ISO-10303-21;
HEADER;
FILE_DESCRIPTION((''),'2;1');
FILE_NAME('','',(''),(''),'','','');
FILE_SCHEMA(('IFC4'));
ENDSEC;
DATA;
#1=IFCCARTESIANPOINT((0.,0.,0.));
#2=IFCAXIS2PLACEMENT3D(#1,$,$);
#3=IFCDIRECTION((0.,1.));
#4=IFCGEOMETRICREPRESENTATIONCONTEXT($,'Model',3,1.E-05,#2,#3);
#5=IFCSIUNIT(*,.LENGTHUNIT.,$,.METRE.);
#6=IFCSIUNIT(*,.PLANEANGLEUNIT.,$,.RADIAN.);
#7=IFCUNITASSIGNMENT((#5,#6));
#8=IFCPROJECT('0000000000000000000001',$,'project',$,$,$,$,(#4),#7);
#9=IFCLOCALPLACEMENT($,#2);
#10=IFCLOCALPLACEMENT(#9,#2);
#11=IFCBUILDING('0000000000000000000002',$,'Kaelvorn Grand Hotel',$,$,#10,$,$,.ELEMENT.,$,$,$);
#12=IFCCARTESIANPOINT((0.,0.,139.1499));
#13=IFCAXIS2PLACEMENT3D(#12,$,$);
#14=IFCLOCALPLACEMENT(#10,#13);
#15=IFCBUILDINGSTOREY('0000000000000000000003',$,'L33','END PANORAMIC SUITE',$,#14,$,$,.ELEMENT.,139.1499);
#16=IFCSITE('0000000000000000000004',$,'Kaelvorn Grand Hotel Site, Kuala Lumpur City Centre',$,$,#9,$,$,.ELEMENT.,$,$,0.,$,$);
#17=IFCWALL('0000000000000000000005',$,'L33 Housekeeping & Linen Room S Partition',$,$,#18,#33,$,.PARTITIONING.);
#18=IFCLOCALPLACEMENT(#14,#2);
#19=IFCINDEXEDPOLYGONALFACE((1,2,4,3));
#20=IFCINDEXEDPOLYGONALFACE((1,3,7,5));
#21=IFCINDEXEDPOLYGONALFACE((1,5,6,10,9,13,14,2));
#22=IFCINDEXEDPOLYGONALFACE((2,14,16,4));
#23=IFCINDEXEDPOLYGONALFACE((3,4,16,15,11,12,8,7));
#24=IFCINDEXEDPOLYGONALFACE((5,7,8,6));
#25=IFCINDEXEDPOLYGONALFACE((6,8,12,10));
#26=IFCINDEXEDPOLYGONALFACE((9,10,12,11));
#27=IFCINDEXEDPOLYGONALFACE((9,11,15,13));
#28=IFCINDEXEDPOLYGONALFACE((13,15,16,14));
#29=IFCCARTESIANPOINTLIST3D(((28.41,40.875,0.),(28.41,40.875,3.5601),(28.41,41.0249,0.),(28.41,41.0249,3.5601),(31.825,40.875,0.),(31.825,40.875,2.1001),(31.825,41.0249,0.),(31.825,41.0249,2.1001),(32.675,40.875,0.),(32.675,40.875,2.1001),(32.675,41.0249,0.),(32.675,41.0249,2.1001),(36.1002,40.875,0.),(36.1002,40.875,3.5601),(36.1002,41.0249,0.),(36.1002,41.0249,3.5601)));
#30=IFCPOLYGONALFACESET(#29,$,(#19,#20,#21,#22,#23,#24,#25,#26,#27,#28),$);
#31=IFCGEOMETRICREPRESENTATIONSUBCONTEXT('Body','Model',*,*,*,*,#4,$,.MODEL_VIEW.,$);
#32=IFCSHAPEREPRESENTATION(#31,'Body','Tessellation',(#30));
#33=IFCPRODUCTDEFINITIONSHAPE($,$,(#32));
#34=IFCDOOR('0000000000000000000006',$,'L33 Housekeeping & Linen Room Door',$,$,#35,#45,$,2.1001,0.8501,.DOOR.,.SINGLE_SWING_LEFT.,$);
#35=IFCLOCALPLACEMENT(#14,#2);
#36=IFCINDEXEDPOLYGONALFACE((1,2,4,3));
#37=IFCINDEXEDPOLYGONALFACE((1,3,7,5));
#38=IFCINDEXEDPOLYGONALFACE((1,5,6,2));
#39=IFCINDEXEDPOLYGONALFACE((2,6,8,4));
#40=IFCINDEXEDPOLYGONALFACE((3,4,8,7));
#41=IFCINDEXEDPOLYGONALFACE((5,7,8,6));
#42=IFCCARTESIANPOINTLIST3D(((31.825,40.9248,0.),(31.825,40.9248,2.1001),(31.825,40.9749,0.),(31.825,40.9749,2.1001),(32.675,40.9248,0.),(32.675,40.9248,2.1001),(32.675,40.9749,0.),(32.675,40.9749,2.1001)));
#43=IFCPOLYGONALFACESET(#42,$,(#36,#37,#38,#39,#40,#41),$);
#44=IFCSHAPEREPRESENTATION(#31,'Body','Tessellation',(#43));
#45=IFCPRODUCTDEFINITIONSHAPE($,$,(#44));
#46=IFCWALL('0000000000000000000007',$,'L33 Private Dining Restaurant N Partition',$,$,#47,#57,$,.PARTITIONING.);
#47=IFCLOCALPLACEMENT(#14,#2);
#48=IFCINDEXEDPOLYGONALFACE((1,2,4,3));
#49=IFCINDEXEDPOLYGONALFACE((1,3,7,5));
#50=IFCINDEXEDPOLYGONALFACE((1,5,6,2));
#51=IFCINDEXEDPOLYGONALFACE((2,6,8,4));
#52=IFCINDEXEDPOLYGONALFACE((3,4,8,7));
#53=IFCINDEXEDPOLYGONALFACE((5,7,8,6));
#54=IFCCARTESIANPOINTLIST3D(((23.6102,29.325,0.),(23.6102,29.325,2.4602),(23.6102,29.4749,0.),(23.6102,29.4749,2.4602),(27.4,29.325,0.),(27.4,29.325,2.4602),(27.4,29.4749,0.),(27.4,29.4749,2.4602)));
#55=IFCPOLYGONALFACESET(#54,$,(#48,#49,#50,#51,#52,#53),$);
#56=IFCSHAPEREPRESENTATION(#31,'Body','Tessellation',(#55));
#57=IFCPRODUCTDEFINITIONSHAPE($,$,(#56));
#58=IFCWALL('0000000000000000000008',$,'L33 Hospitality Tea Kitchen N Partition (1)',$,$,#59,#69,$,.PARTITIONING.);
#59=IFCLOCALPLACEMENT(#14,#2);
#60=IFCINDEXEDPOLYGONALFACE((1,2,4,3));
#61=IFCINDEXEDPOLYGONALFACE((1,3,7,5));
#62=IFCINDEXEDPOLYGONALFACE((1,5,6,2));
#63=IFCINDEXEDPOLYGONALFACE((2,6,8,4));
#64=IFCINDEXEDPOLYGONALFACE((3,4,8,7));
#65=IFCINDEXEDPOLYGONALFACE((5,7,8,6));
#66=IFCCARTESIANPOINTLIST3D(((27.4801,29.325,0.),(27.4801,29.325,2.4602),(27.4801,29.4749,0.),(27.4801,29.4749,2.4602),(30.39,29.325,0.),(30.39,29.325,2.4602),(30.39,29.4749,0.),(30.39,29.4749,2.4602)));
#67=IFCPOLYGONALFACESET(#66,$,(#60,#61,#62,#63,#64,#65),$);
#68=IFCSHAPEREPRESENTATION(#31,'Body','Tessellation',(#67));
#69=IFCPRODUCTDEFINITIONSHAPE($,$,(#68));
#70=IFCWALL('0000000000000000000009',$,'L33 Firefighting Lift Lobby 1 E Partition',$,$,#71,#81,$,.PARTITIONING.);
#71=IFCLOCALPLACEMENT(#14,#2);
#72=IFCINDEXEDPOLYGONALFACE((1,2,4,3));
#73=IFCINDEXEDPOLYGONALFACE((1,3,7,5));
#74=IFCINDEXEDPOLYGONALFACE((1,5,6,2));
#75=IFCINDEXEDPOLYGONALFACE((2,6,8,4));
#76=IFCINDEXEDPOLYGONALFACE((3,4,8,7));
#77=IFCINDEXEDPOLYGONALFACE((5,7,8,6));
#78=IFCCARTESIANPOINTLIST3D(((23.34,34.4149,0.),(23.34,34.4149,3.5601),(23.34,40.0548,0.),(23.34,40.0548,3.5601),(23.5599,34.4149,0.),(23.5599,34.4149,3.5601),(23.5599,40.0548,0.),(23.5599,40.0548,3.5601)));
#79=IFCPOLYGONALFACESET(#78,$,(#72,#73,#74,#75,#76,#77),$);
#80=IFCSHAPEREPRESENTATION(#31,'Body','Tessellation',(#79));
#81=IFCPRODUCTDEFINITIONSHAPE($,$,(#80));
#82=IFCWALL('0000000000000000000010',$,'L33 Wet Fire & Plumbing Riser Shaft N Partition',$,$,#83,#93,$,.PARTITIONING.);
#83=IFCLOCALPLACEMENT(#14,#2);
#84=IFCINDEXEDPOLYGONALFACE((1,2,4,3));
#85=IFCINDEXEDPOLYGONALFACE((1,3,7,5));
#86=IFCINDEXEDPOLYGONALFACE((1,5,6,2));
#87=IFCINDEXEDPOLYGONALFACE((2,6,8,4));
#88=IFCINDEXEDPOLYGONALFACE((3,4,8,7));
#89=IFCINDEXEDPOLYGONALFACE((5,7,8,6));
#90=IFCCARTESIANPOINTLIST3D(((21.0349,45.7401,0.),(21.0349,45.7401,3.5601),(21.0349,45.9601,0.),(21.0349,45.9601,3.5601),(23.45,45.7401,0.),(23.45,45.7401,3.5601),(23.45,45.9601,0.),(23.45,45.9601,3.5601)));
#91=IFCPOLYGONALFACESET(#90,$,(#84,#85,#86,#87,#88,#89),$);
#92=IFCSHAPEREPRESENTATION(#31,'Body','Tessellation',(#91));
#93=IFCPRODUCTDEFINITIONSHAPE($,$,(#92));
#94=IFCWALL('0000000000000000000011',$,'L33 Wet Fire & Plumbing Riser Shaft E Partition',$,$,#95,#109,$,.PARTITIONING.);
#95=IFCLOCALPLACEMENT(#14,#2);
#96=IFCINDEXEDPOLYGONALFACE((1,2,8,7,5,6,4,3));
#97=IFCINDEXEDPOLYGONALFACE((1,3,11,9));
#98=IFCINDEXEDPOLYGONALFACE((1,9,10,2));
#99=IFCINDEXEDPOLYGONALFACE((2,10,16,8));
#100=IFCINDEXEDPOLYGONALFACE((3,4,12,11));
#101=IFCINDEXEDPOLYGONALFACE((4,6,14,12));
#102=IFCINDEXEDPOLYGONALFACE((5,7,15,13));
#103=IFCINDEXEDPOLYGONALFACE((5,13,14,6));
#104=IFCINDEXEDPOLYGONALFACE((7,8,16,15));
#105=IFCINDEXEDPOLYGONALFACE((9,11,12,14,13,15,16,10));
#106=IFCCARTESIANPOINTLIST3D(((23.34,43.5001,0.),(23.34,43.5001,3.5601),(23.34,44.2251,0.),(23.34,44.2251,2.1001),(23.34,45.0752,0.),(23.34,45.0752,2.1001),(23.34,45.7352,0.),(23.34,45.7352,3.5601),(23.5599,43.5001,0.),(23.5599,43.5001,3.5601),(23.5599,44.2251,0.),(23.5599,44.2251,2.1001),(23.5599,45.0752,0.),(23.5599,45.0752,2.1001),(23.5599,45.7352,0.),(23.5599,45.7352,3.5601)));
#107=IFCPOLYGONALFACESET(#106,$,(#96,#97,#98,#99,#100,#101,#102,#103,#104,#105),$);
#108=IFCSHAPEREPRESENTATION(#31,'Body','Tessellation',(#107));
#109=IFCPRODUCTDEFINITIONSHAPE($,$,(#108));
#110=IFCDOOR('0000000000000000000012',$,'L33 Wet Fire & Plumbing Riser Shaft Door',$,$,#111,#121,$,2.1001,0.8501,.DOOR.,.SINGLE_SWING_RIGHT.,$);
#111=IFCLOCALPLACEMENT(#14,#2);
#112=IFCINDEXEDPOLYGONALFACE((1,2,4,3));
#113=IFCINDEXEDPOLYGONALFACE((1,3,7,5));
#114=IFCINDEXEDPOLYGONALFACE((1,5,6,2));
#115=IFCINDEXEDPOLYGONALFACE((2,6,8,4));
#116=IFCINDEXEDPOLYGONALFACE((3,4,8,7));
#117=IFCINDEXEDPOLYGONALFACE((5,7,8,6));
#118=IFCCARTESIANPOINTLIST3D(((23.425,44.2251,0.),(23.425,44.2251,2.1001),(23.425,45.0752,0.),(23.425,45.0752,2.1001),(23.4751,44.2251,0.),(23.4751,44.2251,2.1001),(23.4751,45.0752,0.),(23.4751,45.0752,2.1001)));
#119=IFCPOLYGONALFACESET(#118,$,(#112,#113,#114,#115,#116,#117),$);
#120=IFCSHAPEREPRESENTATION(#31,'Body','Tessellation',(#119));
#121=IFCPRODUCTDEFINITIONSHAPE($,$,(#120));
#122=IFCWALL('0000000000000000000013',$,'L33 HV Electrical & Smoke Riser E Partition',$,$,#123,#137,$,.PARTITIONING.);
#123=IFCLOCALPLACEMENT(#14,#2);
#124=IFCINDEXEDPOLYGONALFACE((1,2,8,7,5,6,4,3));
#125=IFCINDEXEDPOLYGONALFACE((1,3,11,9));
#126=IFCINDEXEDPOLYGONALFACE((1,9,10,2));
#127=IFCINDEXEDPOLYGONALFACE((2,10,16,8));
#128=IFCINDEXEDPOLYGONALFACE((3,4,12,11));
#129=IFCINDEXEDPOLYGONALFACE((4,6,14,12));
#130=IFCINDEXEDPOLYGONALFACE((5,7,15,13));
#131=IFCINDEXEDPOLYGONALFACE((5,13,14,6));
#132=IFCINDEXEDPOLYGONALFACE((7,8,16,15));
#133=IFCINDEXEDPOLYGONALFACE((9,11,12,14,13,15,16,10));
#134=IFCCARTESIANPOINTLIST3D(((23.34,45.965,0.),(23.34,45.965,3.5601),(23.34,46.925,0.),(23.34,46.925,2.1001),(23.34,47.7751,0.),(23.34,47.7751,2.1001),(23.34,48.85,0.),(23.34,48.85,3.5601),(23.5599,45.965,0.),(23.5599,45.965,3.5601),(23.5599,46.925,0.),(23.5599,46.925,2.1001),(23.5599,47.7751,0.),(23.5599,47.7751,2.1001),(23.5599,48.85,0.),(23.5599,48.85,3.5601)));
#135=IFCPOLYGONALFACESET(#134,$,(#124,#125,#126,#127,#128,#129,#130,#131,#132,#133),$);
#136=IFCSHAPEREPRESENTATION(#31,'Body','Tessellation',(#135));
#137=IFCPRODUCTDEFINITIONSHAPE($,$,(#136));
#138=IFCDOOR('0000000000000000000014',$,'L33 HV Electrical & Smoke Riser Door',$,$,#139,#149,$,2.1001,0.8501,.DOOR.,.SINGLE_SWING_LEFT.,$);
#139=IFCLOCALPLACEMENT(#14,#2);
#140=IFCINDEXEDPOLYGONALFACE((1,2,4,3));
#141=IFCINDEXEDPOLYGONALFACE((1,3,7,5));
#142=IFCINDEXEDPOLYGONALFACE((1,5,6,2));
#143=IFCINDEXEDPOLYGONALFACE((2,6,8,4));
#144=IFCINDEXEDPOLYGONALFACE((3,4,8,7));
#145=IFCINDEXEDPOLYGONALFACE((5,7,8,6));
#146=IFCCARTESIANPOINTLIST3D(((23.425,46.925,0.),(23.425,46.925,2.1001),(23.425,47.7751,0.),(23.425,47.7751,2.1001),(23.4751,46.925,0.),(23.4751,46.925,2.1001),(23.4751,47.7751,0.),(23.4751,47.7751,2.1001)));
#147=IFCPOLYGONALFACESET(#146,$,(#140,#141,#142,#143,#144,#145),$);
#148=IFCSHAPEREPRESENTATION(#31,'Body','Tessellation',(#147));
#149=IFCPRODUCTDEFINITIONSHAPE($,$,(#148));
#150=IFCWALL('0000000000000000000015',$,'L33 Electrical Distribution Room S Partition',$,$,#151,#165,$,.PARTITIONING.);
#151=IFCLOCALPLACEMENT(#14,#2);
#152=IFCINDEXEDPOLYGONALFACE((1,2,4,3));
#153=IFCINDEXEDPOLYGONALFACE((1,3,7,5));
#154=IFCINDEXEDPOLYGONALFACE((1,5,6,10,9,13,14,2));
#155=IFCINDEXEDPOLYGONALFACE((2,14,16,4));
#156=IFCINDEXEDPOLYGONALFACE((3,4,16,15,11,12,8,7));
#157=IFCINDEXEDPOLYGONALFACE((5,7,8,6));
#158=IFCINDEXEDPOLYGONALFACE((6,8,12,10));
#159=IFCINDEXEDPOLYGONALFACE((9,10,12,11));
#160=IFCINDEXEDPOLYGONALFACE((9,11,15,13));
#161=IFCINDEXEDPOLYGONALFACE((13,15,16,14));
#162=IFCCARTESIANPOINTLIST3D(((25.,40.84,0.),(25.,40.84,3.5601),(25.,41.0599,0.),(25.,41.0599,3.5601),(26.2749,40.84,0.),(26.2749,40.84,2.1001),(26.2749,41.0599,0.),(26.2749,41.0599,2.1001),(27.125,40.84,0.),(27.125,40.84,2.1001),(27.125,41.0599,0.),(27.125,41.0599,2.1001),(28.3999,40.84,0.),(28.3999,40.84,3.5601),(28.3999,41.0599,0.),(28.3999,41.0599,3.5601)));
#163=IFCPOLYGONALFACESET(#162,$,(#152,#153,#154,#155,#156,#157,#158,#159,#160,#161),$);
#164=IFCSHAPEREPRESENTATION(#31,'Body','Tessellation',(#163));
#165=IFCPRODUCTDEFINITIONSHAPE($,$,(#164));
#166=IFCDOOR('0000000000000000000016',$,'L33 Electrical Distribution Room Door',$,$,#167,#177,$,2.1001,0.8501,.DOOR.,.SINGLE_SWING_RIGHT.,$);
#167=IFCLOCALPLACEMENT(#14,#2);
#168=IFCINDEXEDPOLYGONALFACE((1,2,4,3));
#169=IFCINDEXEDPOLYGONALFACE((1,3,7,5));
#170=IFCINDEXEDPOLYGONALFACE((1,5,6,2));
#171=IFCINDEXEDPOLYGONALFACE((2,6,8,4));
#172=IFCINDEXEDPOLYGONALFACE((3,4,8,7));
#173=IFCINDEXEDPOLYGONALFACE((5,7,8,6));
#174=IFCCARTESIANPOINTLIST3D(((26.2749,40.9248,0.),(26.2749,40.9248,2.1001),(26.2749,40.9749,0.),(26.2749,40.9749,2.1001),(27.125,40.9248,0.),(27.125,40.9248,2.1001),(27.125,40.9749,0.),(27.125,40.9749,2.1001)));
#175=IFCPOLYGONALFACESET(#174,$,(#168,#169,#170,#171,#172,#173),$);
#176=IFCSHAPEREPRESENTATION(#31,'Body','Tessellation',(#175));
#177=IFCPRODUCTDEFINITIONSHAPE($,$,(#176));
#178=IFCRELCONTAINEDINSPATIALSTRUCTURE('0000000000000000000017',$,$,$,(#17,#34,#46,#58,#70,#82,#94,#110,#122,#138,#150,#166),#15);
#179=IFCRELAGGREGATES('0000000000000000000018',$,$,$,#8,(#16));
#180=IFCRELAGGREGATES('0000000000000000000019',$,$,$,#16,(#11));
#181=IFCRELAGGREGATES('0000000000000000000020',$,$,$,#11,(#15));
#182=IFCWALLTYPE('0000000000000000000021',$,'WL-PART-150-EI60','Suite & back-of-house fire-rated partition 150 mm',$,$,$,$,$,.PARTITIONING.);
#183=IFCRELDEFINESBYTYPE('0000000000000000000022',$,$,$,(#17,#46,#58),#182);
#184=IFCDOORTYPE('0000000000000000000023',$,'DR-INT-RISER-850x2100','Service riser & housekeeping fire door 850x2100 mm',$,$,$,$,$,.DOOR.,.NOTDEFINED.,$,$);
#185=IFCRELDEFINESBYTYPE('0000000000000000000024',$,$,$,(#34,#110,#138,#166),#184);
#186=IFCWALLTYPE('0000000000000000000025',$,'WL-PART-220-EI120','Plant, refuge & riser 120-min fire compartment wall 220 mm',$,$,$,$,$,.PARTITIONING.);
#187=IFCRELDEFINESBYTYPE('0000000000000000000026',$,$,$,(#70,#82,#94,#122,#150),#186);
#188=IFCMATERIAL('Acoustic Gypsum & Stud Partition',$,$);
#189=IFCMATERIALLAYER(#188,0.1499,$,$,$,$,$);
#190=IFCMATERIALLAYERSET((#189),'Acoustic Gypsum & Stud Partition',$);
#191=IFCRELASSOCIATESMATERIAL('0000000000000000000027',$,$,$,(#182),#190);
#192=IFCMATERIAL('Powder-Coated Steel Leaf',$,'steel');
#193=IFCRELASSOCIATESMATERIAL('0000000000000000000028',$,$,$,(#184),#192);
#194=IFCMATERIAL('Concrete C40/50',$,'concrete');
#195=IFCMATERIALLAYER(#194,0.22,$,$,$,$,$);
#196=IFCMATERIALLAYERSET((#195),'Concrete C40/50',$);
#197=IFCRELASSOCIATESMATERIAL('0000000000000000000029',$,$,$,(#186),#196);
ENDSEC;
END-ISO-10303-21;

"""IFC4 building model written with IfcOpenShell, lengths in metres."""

from ifc_helpers import new_model, si_unit, direction, frame, frame_2d, origin, place, context, subcontext, project, spatial, rectangle, extrude, material, layer, layer_set, type_object, element, fill, save


model = new_model("IFC4")

# Units and contexts
model_context = context("Model", 3, precision=1e-05, world=origin(), true_north=direction((0.0, 1.0)))
body_context = subcontext(model_context, "Body", "Model", "MODEL_VIEW")
ifc_project = project(units=[si_unit("LENGTHUNIT", "METRE"), si_unit("PLANEANGLEUNIT", "RADIAN")], contexts=[model_context])

# Site, building, storey
site_placement = place(None, origin())
site = spatial("IfcSite", under=ifc_project, at=site_placement, Name="Kaelvorn Grand Hotel Site, Kuala Lumpur City Centre", CompositionType="ELEMENT", RefElevation=0.0)
building_placement = place(site_placement, origin())
building = spatial("IfcBuilding", under=site, at=building_placement, Name="Kaelvorn Grand Hotel", CompositionType="ELEMENT")
storey_placement = place(building_placement, frame((0.0, 0.0, 139.1499)))
storey = spatial("IfcBuildingStorey", under=building, at=storey_placement, Name="L33", Description="END PANORAMIC SUITE", CompositionType="ELEMENT", Elevation=139.1499)

# Shared definitions
ifc_material_1 = material(Name="Acoustic Gypsum & Stud Partition")
ifc_layer_1 = layer(ifc_material_1, 0.1499)
ifc_layer_set_1 = layer_set([ifc_layer_1], Name="Acoustic Gypsum & Stud Partition")
wall_type_1 = type_object("IfcWallType", Name="WL-PART-150-EI60", Description="Suite & back-of-house fire-rated partition 150 mm", PredefinedType="PARTITIONING", material=ifc_layer_set_1)

# Wall, opening, door
wall_1_placement = place(storey_placement, frame((28.4099, 40.95, 0.0), z_axis=(0.0, 0.0, 1.0), x_axis=(1.0, 0.0, 0.0)))
wall_1 = element("IfcWall", 1, at=wall_1_placement, inside=storey, type_object=wall_type_1, Name="L33 Housekeeping & Linen Room S Partition", PredefinedType="PARTITIONING", context=body_context, shape_type="SweptSolid", body=[
    extrude(rectangle(XDim=7.6902, YDim=0.1499, at=frame_2d((3.8452, 0.0))), origin(), (0.0, 0.0, 1.0), 3.5601),
])
opening_1_placement = place(wall_1_placement, frame((3.415, 0.0, 0.0)))
opening_1 = element("IfcOpeningElement", 2, at=opening_1_placement, cuts=wall_1, PredefinedType="OPENING", context=body_context, shape_type="SweptSolid", body=[
    extrude(rectangle(XDim=0.8501, YDim=2.1001, at=frame_2d((0.425, 1.05))), frame((0.0, 0.085, 0.0), z_axis=(0.0, -1.0, 0.0), x_axis=(1.0, 0.0, 0.0)), (0.0, 0.0, 1.0), 0.1699),
])
ifc_material_2 = material(Name="Powder-Coated Steel Leaf", Category="steel")
door_type_1 = type_object("IfcDoorType", Name="DR-INT-RISER-850x2100", Description="Service riser & housekeeping fire door 850x2100 mm", OperationType="NOTDEFINED", PredefinedType="DOOR", material=ifc_material_2)
door_1_placement = place(opening_1_placement, origin())
door_1 = element("IfcDoor", 3, at=door_1_placement, inside=storey, type_object=door_type_1, Name="L33 Housekeeping & Linen Room Door", OperationType="SINGLE_SWING_LEFT", OverallHeight=2.1001, OverallWidth=0.8501, PredefinedType="DOOR", context=body_context, shape_type="SweptSolid", body=[
    extrude(rectangle(XDim=0.8501, YDim=2.1001, at=frame_2d((0.425, 1.05))), frame((0.0, 0.0249, 0.0), z_axis=(0.0, -1.0, 0.0), x_axis=(1.0, 0.0, 0.0)), (0.0, 0.0, 1.0), 0.05),
])
fill(opening_1, door_1)

# Walls
wall_2_placement = place(storey_placement, frame((23.6101, 29.3999, 0.0), z_axis=(0.0, 0.0, 1.0), x_axis=(1.0, 0.0, 0.0)))
element("IfcWall", 4, at=wall_2_placement, inside=storey, type_object=wall_type_1, Name="L33 Private Dining Restaurant N Partition", PredefinedType="PARTITIONING", context=body_context, shape_type="SweptSolid", body=[
    extrude(rectangle(XDim=3.7898, YDim=0.1499, at=frame_2d((1.895, 0.0))), origin(), (0.0, 0.0, 1.0), 2.4602),
])
wall_3_placement = place(storey_placement, frame((27.48, 29.3999, 0.0), z_axis=(0.0, 0.0, 1.0), x_axis=(1.0, 0.0, 0.0)))
element("IfcWall", 5, at=wall_3_placement, inside=storey, type_object=wall_type_1, Name="L33 Hospitality Tea Kitchen N Partition (1)", PredefinedType="PARTITIONING", context=body_context, shape_type="SweptSolid", body=[
    extrude(rectangle(XDim=2.9099, YDim=0.1499, at=frame_2d((1.4551, 0.0))), origin(), (0.0, 0.0, 1.0), 2.4602),
])
ifc_material_3 = material(Name="Concrete C40/50", Category="concrete")
ifc_layer_2 = layer(ifc_material_3, 0.22)
ifc_layer_set_2 = layer_set([ifc_layer_2], Name="Concrete C40/50")
wall_type_2 = type_object("IfcWallType", Name="WL-PART-220-EI120", Description="Plant, refuge & riser 120-min fire compartment wall 220 mm", PredefinedType="PARTITIONING", material=ifc_layer_set_2)
wall_4_placement = place(storey_placement, frame((23.45, 34.415, 0.0), z_axis=(0.0, 0.0, 1.0), x_axis=(0.0, 1.0, 0.0)))
element("IfcWall", 6, at=wall_4_placement, inside=storey, type_object=wall_type_2, Name="L33 Firefighting Lift Lobby 1 E Partition", PredefinedType="PARTITIONING", context=body_context, shape_type="SweptSolid", body=[
    extrude(rectangle(XDim=5.6399, YDim=0.22, at=frame_2d((2.8198, 0.0))), origin(), (0.0, 0.0, 1.0), 3.5601),
])
wall_5_placement = place(storey_placement, frame((21.0349, 45.8501, 0.0), z_axis=(0.0, 0.0, 1.0), x_axis=(1.0, 0.0, 0.0)))
element("IfcWall", 7, at=wall_5_placement, inside=storey, type_object=wall_type_2, Name="L33 Wet Fire & Plumbing Riser Shaft N Partition", PredefinedType="PARTITIONING", context=body_context, shape_type="SweptSolid", body=[
    extrude(rectangle(XDim=2.415, YDim=0.22, at=frame_2d((1.2075, 0.0))), origin(), (0.0, 0.0, 1.0), 3.5601),
])

# Walls, openings, doors
wall_6_placement = place(storey_placement, frame((23.45, 43.5, 0.0), z_axis=(0.0, 0.0, 1.0), x_axis=(0.0, 1.0, 0.0)))
wall_6 = element("IfcWall", 8, at=wall_6_placement, inside=storey, type_object=wall_type_2, Name="L33 Wet Fire & Plumbing Riser Shaft E Partition", PredefinedType="PARTITIONING", context=body_context, shape_type="SweptSolid", body=[
    extrude(rectangle(XDim=2.2351, YDim=0.22, at=frame_2d((1.1177, 0.0))), origin(), (0.0, 0.0, 1.0), 3.5601),
])
opening_2_placement = place(wall_6_placement, frame((0.7251, 0.0, 0.0)))
opening_2 = element("IfcOpeningElement", 9, at=opening_2_placement, cuts=wall_6, PredefinedType="OPENING", context=body_context, shape_type="SweptSolid", body=[
    extrude(rectangle(XDim=0.8501, YDim=2.1001, at=frame_2d((0.425, 1.05))), frame((0.0, 0.1201, 0.0), z_axis=(0.0, -1.0, 0.0), x_axis=(1.0, 0.0, 0.0)), (0.0, 0.0, 1.0), 0.24),
])
door_2_placement = place(opening_2_placement, origin())
door_2 = element("IfcDoor", 10, at=door_2_placement, inside=storey, type_object=door_type_1, Name="L33 Wet Fire & Plumbing Riser Shaft Door", OperationType="SINGLE_SWING_RIGHT", OverallHeight=2.1001, OverallWidth=0.8501, PredefinedType="DOOR", context=body_context, shape_type="SweptSolid", body=[
    extrude(rectangle(XDim=0.8501, YDim=2.1001, at=frame_2d((0.425, 1.05))), frame((0.0, 0.0249, 0.0), z_axis=(0.0, -1.0, 0.0), x_axis=(1.0, 0.0, 0.0)), (0.0, 0.0, 1.0), 0.05),
])
fill(opening_2, door_2)
wall_7_placement = place(storey_placement, frame((23.45, 45.9651, 0.0), z_axis=(0.0, 0.0, 1.0), x_axis=(0.0, 1.0, 0.0)))
wall_7 = element("IfcWall", 11, at=wall_7_placement, inside=storey, type_object=wall_type_2, Name="L33 HV Electrical & Smoke Riser E Partition", PredefinedType="PARTITIONING", context=body_context, shape_type="SweptSolid", body=[
    extrude(rectangle(XDim=2.885, YDim=0.22, at=frame_2d((1.4424, 0.0))), origin(), (0.0, 0.0, 1.0), 3.5601),
])
opening_3_placement = place(wall_7_placement, frame((0.96, 0.0, 0.0)))
opening_3 = element("IfcOpeningElement", 12, at=opening_3_placement, cuts=wall_7, PredefinedType="OPENING", context=body_context, shape_type="SweptSolid", body=[
    extrude(rectangle(XDim=0.8501, YDim=2.1001, at=frame_2d((0.425, 1.05))), frame((0.0, 0.1201, 0.0), z_axis=(0.0, -1.0, 0.0), x_axis=(1.0, 0.0, 0.0)), (0.0, 0.0, 1.0), 0.24),
])
door_3_placement = place(opening_3_placement, origin())
door_3 = element("IfcDoor", 13, at=door_3_placement, inside=storey, type_object=door_type_1, Name="L33 HV Electrical & Smoke Riser Door", OperationType="SINGLE_SWING_LEFT", OverallHeight=2.1001, OverallWidth=0.8501, PredefinedType="DOOR", context=body_context, shape_type="SweptSolid", body=[
    extrude(rectangle(XDim=0.8501, YDim=2.1001, at=frame_2d((0.425, 1.05))), frame((0.0, 0.0249, 0.0), z_axis=(0.0, -1.0, 0.0), x_axis=(1.0, 0.0, 0.0)), (0.0, 0.0, 1.0), 0.05),
])
fill(opening_3, door_3)
wall_8_placement = place(storey_placement, frame((25.0, 40.95, 0.0), z_axis=(0.0, 0.0, 1.0), x_axis=(1.0, 0.0, 0.0)))
wall_8 = element("IfcWall", 14, at=wall_8_placement, inside=storey, type_object=wall_type_2, Name="L33 Electrical Distribution Room S Partition", PredefinedType="PARTITIONING", context=body_context, shape_type="SweptSolid", body=[
    extrude(rectangle(XDim=3.3999, YDim=0.22, at=frame_2d((1.7, 0.0))), origin(), (0.0, 0.0, 1.0), 3.5601),
])
opening_4_placement = place(wall_8_placement, frame((1.2749, 0.0, 0.0)))
opening_4 = element("IfcOpeningElement", 15, at=opening_4_placement, cuts=wall_8, PredefinedType="OPENING", context=body_context, shape_type="SweptSolid", body=[
    extrude(rectangle(XDim=0.8501, YDim=2.1001, at=frame_2d((0.425, 1.05))), frame((0.0, 0.1201, 0.0), z_axis=(0.0, -1.0, 0.0), x_axis=(1.0, 0.0, 0.0)), (0.0, 0.0, 1.0), 0.24),
])
door_4_placement = place(opening_4_placement, origin())
door_4 = element("IfcDoor", 16, at=door_4_placement, inside=storey, type_object=door_type_1, Name="L33 Electrical Distribution Room Door", OperationType="SINGLE_SWING_RIGHT", OverallHeight=2.1001, OverallWidth=0.8501, PredefinedType="DOOR", context=body_context, shape_type="SweptSolid", body=[
    extrude(rectangle(XDim=0.8501, YDim=2.1001, at=frame_2d((0.425, 1.05))), frame((0.0, 0.0249, 0.0), z_axis=(0.0, -1.0, 0.0), x_axis=(1.0, 0.0, 0.0)), (0.0, 0.0, 1.0), 0.05),
])
fill(opening_4, door_4)

save(model, "model.ifc")
